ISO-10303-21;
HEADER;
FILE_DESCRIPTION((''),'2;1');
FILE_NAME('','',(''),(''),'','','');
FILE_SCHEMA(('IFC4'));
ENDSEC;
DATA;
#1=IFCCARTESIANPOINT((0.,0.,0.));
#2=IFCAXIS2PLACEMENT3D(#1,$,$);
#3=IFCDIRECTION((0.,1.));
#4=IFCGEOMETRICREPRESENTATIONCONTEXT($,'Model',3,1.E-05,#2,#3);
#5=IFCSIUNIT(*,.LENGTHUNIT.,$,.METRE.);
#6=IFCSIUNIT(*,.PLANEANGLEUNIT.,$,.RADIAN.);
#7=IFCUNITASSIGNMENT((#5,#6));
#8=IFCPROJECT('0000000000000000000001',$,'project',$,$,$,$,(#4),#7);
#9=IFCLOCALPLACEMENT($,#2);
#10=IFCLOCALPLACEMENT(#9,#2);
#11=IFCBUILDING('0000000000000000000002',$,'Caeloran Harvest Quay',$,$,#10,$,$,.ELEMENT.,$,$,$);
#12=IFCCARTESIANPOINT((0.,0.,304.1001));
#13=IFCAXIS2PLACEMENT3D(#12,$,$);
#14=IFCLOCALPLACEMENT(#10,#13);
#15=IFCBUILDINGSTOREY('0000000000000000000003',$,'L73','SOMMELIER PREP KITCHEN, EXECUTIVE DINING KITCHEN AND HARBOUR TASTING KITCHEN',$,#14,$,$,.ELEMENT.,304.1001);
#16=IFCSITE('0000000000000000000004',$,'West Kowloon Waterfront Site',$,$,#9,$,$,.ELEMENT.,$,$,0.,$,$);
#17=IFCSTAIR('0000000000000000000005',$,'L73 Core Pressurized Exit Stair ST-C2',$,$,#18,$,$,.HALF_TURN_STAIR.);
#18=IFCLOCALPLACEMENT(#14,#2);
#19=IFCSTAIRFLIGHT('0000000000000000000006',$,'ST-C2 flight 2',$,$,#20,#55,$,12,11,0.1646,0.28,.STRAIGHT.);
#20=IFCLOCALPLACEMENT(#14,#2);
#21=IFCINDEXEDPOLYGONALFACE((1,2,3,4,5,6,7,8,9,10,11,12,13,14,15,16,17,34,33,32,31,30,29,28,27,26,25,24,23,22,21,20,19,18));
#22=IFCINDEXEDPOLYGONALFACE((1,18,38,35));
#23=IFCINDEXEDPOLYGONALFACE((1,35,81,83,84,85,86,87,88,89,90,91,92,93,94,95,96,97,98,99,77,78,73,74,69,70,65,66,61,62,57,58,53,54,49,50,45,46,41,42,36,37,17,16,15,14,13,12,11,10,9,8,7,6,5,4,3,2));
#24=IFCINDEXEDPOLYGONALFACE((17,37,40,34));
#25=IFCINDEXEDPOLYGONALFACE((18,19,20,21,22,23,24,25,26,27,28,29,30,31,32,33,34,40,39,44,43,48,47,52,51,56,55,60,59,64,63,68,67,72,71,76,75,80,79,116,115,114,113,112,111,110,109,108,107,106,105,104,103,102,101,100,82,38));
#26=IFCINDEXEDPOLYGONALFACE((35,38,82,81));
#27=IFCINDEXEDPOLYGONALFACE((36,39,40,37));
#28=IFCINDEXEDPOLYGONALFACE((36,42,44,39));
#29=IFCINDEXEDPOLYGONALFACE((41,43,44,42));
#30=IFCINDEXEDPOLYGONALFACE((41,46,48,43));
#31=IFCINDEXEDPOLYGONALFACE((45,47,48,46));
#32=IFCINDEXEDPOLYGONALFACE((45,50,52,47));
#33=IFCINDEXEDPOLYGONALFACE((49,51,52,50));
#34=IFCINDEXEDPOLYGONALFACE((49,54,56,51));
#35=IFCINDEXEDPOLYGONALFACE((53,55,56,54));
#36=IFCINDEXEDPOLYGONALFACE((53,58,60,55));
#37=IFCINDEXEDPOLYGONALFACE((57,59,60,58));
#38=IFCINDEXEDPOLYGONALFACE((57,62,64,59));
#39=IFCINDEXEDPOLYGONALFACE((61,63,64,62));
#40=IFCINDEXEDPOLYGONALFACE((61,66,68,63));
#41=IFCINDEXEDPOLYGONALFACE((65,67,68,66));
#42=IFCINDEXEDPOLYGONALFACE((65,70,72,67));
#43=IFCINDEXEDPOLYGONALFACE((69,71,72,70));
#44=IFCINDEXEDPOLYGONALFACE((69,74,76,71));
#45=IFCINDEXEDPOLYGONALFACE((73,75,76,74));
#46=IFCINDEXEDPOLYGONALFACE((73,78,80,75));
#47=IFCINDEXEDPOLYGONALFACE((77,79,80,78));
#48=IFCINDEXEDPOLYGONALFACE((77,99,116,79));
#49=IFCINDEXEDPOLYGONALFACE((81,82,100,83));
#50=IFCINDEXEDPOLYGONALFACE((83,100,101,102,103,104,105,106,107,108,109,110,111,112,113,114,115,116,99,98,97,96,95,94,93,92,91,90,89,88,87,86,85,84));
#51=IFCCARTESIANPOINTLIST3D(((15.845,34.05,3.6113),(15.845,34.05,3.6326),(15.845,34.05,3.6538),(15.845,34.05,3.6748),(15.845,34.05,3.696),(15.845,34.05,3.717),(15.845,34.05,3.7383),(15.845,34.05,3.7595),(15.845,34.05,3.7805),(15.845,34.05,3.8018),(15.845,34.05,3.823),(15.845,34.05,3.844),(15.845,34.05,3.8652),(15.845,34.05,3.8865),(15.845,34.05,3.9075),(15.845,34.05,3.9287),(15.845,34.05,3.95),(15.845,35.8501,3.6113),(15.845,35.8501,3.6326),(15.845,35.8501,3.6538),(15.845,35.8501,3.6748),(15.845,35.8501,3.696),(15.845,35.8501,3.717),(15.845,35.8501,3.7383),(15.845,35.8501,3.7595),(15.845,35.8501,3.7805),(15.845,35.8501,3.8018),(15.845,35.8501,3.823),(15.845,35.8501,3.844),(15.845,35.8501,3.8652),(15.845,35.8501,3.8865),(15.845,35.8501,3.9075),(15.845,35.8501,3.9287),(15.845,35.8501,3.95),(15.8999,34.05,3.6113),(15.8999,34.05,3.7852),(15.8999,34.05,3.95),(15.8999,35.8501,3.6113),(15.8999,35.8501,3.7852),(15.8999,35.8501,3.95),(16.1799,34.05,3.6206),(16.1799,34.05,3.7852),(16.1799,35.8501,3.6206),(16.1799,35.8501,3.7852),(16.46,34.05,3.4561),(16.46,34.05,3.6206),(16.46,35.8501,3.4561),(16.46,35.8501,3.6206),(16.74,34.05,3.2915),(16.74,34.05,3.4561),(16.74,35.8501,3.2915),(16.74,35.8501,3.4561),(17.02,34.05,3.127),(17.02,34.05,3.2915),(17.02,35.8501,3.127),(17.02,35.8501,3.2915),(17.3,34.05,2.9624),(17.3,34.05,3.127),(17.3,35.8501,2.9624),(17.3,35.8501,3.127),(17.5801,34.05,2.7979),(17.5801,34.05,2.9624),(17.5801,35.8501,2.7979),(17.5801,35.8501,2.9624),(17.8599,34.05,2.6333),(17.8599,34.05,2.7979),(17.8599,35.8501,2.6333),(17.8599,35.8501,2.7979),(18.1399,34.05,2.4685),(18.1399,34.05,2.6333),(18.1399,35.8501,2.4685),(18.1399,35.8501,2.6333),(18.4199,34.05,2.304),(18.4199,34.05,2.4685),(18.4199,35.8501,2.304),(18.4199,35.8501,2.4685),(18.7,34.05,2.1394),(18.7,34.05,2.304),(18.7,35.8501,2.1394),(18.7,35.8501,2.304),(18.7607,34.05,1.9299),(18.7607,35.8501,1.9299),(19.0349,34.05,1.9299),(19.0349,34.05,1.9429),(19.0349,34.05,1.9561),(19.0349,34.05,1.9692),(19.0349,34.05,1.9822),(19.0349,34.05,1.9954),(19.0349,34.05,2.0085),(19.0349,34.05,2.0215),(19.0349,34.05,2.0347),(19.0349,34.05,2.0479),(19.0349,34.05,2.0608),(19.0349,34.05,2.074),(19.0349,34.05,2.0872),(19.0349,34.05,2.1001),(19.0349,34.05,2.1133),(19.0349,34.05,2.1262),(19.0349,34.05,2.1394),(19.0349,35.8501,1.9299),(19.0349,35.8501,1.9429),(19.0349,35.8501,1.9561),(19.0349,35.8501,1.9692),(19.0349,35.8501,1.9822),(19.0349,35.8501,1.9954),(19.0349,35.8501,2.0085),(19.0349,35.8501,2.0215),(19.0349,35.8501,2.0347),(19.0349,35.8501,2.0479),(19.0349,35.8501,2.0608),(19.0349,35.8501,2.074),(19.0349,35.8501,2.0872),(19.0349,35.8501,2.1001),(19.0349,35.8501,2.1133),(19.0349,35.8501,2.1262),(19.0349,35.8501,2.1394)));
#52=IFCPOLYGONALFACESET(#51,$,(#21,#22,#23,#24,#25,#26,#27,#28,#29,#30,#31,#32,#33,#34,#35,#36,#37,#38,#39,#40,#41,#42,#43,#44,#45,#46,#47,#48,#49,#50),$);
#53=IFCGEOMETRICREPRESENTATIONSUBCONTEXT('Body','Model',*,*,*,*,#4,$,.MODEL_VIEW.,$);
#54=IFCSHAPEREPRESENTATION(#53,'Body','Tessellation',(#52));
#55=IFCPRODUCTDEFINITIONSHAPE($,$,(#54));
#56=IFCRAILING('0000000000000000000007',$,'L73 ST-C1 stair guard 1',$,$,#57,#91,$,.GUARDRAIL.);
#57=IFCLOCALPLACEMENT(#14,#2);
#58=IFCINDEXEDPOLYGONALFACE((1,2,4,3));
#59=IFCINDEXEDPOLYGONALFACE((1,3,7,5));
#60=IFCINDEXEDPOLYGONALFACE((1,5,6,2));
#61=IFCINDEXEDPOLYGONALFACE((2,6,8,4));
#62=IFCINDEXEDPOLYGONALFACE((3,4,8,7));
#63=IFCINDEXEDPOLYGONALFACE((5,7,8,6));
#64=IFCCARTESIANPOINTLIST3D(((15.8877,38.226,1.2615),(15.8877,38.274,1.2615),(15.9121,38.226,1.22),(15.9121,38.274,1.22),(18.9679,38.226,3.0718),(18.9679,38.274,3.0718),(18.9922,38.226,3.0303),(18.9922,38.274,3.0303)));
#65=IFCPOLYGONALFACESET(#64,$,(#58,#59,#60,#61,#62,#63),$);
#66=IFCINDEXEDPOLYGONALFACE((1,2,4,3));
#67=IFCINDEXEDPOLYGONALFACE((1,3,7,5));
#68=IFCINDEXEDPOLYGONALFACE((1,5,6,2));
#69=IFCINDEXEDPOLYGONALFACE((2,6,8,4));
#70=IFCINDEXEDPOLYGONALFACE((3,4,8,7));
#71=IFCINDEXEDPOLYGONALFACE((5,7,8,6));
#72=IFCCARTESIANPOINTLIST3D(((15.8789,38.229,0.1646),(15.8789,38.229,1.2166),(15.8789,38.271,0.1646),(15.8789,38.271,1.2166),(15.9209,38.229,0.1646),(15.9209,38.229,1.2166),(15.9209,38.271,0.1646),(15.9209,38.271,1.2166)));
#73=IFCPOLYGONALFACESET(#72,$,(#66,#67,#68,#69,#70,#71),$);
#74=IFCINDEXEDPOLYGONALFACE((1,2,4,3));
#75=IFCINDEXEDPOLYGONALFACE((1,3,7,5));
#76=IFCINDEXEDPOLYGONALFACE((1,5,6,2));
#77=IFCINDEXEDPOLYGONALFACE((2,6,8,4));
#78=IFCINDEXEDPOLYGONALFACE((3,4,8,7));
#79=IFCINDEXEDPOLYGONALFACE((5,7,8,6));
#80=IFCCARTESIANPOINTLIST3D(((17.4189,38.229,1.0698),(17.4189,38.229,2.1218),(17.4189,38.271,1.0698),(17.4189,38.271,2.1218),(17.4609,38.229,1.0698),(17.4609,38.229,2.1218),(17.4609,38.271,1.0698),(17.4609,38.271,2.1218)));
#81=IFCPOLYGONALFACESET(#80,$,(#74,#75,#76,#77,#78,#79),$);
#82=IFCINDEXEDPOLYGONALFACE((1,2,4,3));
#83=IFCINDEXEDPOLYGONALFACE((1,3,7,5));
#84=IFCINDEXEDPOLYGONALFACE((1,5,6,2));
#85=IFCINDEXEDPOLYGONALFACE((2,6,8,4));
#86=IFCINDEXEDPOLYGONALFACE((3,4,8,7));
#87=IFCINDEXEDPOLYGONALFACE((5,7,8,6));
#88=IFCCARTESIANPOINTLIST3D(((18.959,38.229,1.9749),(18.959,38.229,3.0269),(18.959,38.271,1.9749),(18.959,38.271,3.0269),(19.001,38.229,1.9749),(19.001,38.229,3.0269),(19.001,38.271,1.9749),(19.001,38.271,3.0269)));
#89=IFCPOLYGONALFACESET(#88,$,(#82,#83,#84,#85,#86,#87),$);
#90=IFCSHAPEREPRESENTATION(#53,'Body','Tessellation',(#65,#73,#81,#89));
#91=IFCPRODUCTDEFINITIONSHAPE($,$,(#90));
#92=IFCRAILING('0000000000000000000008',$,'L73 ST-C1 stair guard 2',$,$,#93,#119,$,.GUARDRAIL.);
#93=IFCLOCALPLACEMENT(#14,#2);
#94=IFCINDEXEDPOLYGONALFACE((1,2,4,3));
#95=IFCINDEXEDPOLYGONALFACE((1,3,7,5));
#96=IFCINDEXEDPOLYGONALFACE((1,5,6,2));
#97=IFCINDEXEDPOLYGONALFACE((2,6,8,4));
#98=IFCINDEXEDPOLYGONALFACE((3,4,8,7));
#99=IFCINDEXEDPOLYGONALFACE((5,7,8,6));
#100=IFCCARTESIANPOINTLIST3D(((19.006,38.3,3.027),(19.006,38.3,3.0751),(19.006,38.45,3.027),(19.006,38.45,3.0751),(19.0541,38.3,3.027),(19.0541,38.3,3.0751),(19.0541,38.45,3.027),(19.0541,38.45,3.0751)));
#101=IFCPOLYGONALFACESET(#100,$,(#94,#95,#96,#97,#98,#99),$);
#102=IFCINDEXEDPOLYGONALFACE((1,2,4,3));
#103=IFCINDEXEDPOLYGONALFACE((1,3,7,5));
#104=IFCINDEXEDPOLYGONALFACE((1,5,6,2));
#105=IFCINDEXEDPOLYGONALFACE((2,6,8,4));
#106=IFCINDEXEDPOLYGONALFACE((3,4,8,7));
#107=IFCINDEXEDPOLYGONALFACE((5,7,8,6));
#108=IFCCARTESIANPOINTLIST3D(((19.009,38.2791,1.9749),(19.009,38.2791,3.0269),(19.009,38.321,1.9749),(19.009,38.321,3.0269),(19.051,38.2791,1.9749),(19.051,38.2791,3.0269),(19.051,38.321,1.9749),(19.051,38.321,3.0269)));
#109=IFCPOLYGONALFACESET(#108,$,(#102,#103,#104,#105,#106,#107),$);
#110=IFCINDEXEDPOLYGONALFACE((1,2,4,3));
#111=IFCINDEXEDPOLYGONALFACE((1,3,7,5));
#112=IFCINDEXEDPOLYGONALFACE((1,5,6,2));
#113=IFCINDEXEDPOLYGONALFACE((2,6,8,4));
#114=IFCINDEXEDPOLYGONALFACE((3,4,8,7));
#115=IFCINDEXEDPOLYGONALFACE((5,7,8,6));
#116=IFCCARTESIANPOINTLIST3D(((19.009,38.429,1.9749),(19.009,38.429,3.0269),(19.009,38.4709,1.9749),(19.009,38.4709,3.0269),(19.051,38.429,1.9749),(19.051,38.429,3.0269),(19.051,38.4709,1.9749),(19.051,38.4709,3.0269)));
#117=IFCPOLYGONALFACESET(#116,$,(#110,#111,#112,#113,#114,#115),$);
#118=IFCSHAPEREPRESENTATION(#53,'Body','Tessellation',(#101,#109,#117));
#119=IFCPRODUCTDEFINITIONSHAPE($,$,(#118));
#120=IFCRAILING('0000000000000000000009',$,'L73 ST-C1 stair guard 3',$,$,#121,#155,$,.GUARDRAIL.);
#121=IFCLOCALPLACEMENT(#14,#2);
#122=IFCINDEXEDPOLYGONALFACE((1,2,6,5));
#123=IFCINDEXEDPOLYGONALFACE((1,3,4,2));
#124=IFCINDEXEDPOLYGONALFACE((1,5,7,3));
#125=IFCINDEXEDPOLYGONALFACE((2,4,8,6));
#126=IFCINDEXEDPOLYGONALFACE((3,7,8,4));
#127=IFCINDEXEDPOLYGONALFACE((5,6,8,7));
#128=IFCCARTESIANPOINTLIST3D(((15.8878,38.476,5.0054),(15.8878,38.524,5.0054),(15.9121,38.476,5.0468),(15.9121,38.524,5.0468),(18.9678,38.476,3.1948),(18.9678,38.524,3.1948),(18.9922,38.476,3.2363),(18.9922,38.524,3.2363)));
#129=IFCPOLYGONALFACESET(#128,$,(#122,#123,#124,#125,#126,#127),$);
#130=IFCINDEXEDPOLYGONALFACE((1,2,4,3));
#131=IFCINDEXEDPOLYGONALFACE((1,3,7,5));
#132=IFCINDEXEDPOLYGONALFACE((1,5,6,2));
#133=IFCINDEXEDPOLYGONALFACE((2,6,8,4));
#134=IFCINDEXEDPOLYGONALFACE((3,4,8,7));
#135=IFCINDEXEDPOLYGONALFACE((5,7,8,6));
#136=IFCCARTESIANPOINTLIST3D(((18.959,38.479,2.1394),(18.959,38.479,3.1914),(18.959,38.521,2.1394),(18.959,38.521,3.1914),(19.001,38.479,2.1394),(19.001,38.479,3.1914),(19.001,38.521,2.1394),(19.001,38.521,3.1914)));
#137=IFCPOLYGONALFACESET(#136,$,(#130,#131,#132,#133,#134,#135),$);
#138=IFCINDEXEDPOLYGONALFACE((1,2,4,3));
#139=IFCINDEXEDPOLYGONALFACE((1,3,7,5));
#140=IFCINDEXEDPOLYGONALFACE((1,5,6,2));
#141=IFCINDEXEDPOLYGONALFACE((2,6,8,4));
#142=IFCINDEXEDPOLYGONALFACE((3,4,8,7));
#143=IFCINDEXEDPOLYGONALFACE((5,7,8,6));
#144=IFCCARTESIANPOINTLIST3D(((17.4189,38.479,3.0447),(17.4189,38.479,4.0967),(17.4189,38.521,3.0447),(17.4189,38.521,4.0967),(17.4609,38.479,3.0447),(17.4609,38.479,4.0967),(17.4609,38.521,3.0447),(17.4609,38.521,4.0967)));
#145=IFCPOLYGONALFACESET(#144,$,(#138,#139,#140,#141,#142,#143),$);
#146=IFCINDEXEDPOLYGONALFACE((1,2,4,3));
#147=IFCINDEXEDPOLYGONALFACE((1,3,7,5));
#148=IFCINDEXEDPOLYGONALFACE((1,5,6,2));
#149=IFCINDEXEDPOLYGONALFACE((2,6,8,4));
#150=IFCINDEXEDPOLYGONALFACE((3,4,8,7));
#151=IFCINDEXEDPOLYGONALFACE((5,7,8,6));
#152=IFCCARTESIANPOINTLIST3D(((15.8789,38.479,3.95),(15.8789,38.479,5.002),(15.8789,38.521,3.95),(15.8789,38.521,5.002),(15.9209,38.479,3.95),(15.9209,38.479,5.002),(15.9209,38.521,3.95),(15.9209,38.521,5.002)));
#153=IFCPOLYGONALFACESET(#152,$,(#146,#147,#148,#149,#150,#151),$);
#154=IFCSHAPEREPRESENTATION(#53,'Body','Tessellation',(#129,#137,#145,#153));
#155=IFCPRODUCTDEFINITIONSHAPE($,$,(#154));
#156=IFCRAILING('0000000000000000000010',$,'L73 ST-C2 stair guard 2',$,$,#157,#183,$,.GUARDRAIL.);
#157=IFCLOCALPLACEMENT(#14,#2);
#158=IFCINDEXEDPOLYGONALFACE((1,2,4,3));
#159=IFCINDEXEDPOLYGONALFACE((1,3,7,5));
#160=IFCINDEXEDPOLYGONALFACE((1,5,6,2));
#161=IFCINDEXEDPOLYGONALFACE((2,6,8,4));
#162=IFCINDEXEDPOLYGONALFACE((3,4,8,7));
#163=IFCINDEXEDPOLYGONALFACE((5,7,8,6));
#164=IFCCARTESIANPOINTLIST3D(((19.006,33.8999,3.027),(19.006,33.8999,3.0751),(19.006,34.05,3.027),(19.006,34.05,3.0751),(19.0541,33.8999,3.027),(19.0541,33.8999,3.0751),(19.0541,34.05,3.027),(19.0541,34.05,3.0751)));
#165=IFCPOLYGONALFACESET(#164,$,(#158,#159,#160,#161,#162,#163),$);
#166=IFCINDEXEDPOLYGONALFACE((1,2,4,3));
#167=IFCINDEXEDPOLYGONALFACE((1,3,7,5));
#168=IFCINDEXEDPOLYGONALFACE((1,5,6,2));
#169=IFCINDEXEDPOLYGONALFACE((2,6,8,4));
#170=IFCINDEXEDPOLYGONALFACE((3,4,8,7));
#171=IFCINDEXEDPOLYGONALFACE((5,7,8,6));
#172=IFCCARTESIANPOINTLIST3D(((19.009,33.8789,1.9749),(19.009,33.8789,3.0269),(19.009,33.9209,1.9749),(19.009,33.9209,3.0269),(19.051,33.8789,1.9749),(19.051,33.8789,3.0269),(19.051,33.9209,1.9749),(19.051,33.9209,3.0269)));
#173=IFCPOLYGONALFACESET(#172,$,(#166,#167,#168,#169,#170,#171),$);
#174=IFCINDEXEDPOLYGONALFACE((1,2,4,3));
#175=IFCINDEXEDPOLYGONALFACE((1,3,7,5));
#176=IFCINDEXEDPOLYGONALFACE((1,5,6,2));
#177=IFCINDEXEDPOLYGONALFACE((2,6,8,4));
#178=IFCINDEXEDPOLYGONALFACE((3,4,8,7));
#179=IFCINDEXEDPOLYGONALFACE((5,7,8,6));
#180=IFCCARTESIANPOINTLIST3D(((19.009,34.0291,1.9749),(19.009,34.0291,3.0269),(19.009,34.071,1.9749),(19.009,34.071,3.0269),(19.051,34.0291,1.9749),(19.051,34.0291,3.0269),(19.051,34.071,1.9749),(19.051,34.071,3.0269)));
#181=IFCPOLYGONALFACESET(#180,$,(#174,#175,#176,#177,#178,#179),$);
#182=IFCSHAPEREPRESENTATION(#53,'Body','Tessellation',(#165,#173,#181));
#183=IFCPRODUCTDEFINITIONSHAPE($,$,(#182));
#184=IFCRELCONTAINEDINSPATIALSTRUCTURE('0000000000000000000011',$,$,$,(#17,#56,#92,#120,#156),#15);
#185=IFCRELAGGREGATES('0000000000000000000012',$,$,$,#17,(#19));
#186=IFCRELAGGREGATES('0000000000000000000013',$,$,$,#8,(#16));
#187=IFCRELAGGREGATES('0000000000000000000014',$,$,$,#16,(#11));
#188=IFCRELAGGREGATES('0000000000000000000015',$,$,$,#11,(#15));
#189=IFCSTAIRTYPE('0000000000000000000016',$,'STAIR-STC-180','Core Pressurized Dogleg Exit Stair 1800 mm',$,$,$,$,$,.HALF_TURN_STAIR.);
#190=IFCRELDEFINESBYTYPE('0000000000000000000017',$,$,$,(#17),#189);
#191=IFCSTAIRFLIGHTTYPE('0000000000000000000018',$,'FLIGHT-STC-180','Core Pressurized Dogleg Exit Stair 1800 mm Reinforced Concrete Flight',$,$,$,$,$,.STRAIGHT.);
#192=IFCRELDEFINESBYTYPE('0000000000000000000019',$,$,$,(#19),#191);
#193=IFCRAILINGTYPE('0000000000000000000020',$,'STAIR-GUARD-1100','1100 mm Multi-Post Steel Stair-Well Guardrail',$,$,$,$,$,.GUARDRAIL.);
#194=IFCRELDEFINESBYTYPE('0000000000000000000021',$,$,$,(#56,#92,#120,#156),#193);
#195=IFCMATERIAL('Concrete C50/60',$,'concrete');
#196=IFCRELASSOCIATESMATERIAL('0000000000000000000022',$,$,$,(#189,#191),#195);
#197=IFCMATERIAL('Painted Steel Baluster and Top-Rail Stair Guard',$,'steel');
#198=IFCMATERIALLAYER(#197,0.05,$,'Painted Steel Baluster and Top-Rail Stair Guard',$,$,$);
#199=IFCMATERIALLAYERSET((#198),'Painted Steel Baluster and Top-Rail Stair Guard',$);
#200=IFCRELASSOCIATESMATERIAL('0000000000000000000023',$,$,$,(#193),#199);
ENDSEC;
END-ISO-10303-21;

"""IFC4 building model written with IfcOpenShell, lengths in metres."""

from ifc_helpers import new_model, si_unit, direction, frame, origin, origin_2d, place, context, subcontext, project, spatial, polyline, rectangle, outline, extrude, material, layer, layer_set, type_object, element, aggregate, save


model = new_model("IFC4")

# Units and contexts
model_context = context("Model", 3, precision=1e-05, world=origin(), true_north=direction((0.0, 1.0)))
body_context = subcontext(model_context, "Body", "Model", "MODEL_VIEW")
ifc_project = project(units=[si_unit("LENGTHUNIT", "METRE"), si_unit("PLANEANGLEUNIT", "RADIAN")], contexts=[model_context])

# Site, building, storey
site_placement = place(None, origin())
site = spatial("IfcSite", under=ifc_project, at=site_placement, Name="West Kowloon Waterfront Site", CompositionType="ELEMENT", RefElevation=0.0)
building_placement = place(site_placement, origin())
building = spatial("IfcBuilding", under=site, at=building_placement, Name="Caeloran Harvest Quay", CompositionType="ELEMENT")
storey_placement = place(building_placement, frame((0.0, 0.0, 304.1001)))
storey = spatial("IfcBuildingStorey", under=building, at=storey_placement, Name="L73", Description="SOMMELIER PREP KITCHEN, EXECUTIVE DINING KITCHEN AND HARBOUR TASTING KITCHEN", CompositionType="ELEMENT", Elevation=304.1001)

# Shared definitions
ifc_material_1 = material(Name="Concrete C50/60", Category="concrete")

# Shared definitions
stair_type = type_object("IfcStairType", Name="STAIR-STC-180", Description="Core Pressurized Dogleg Exit Stair 1800 mm", PredefinedType="HALF_TURN_STAIR", material=ifc_material_1)
stair_flight_type = type_object("IfcStairFlightType", Name="FLIGHT-STC-180", Description="Core Pressurized Dogleg Exit Stair 1800 mm Reinforced Concrete Flight", PredefinedType="STRAIGHT", material=ifc_material_1)

# Stair, stair flight
stair_1_placement = place(storey_placement, origin())
stair_1 = element("IfcStair", 1, at=stair_1_placement, inside=storey, type_object=stair_type, Name="L73 Core Pressurized Exit Stair ST-C2", PredefinedType="HALF_TURN_STAIR")
stair_flight_1_placement = place(storey_placement, frame((18.98, 34.95, 1.9749), z_axis=(0.0, 0.0, 1.0), x_axis=(-1.0, 0.0, 0.0)))
stair_flight_1 = element("IfcStairFlight", 2, at=stair_flight_1_placement, type_object=stair_flight_type, Name="ST-C2 flight 2", NumberOfRisers=12, NumberOfTreads=11, PredefinedType="STRAIGHT", RiserHeight=0.1646, TreadLength=0.28, context=body_context, shape_type="SweptSolid", body=[
    extrude(outline(polyline([(-0.0549, -0.0449), (-0.0549, -0.032), (-0.0549, -0.0188), (-0.0549, -0.0056), (-0.0549, 0.0073), (-0.0549, 0.0205), (-0.0549, 0.0337), (-0.0549, 0.0466), (-0.0549, 0.0598), (-0.0549, 0.073), (-0.0549, 0.0859), (-0.0549, 0.0991), (-0.0549, 0.1123), (-0.0549, 0.1252), (-0.0549, 0.1384), (-0.0549, 0.1514), (-0.0549, 0.1646), (0.28, 0.1646), (0.28, 0.3291), (0.5601, 0.3291), (0.5601, 0.4937), (0.8401, 0.4937), (0.8401, 0.6584), (1.1201, 0.6584), (1.1201, 0.823), (1.3999, 0.823), (1.3999, 0.9875), (1.6799, 0.9875), (1.6799, 1.1521), (1.96, 1.1521), (1.96, 1.3167), (2.24, 1.3167), (2.24, 1.4812), (2.52, 1.4812), (2.52, 1.6458), (2.8, 1.6458), (2.8, 1.8103), (3.0801, 1.8103), (3.0801, 1.9751), (3.135, 1.9751), (3.135, 1.9539), (3.135, 1.9326), (3.135, 1.9116), (3.135, 1.8904), (3.135, 1.8691), (3.135, 1.8481), (3.135, 1.8269), (3.135, 1.8057), (3.135, 1.7847), (3.135, 1.7634), (3.135, 1.7422), (3.135, 1.7212), (3.135, 1.7), (3.135, 1.679), (3.135, 1.6577), (3.135, 1.6365), (3.0801, 1.6365), (0.2192, -0.0449), (-0.0549, -0.0449)])), frame((0.0, 0.8999, 0.0), z_axis=(0.0, -1.0, 0.0), x_axis=(1.0, 0.0, 0.0)), (0.0, 0.0, 1.0), 1.8),
])
aggregate(stair_1, [stair_flight_1])

# Railings
ifc_material_2 = material(Name="Painted Steel Baluster and Top-Rail Stair Guard", Category="steel")
ifc_layer_1 = layer(ifc_material_2, 0.05, Name="Painted Steel Baluster and Top-Rail Stair Guard")
ifc_layer_set_1 = layer_set([ifc_layer_1], Name="Painted Steel Baluster and Top-Rail Stair Guard")
railing_type_1 = type_object("IfcRailingType", Name="STAIR-GUARD-1100", Description="1100 mm Multi-Post Steel Stair-Well Guardrail", PredefinedType="GUARDRAIL", material=ifc_layer_set_1)
railing_1_placement = place(storey_placement, frame((15.8999, 38.25, 0.1646)))
element("IfcRailing", 3, at=railing_1_placement, inside=storey, type_object=railing_type_1, Name="L73 ST-C1 stair guard 1", PredefinedType="GUARDRAIL", context=body_context, shape_type="SweptSolid", body=[
    extrude(rectangle(XDim=0.0481, YDim=0.0481, at=origin_2d()), frame((0.0, 0.0, 1.0762), z_axis=(0.862119, 0.0, 0.506707), x_axis=(0.0, 1.0, 0.0)), (0.0, 0.0, 1.0), 3.5728),
    extrude(rectangle(XDim=0.042, YDim=0.042, at=origin_2d()), origin(), (0.0, 0.0, 1.0), 1.052),
    extrude(rectangle(XDim=0.042, YDim=0.042, at=origin_2d()), frame((1.54, 0.0, 0.9053)), (0.0, 0.0, 1.0), 1.052),
    extrude(rectangle(XDim=0.042, YDim=0.042, at=origin_2d()), frame((3.0801, 0.0, 1.8103)), (0.0, 0.0, 1.0), 1.052),
])
railing_2_placement = place(storey_placement, frame((19.03, 38.3, 1.9749)))
element("IfcRailing", 4, at=railing_2_placement, inside=storey, type_object=railing_type_1, Name="L73 ST-C1 stair guard 2", PredefinedType="GUARDRAIL", context=body_context, shape_type="SweptSolid", body=[
    extrude(rectangle(XDim=0.0481, YDim=0.0481, at=origin_2d()), frame((0.0, 0.0, 1.0762), z_axis=(0.0, 1.0, 0.0), x_axis=(-1.0, 0.0, 0.0)), (0.0, 0.0, 1.0), 0.1499),
    extrude(rectangle(XDim=0.042, YDim=0.042, at=origin_2d()), origin(), (0.0, 0.0, 1.0), 1.052),
    extrude(rectangle(XDim=0.042, YDim=0.042, at=origin_2d()), frame((0.0, 0.1499, 0.0)), (0.0, 0.0, 1.0), 1.052),
])
railing_3_placement = place(storey_placement, frame((18.98, 38.5, 2.1394)))
element("IfcRailing", 5, at=railing_3_placement, inside=storey, type_object=railing_type_1, Name="L73 ST-C1 stair guard 3", PredefinedType="GUARDRAIL", context=body_context, shape_type="SweptSolid", body=[
    extrude(rectangle(XDim=0.0481, YDim=0.0481, at=origin_2d()), frame((0.0, 0.0, 1.0762), z_axis=(-0.862089, 0.0, 0.506757), x_axis=(0.0, -1.0, 0.0)), (0.0, 0.0, 1.0), 3.5728),
    extrude(rectangle(XDim=0.042, YDim=0.042, at=origin_2d()), origin(), (0.0, 0.0, 1.0), 1.052),
    extrude(rectangle(XDim=0.042, YDim=0.042, at=origin_2d()), frame((-1.54, 0.0, 0.9053)), (0.0, 0.0, 1.0), 1.052),
    extrude(rectangle(XDim=0.042, YDim=0.042, at=origin_2d()), frame((-3.0801, 0.0, 1.8105)), (0.0, 0.0, 1.0), 1.052),
])
railing_4_placement = place(storey_placement, frame((19.03, 33.8999, 1.9749)))
element("IfcRailing", 6, at=railing_4_placement, inside=storey, type_object=railing_type_1, Name="L73 ST-C2 stair guard 2", PredefinedType="GUARDRAIL", context=body_context, shape_type="SweptSolid", body=[
    extrude(rectangle(XDim=0.0481, YDim=0.0481, at=origin_2d()), frame((0.0, 0.0, 1.0762), z_axis=(0.0, 1.0, 0.0), x_axis=(-1.0, 0.0, 0.0)), (0.0, 0.0, 1.0), 0.1501),
    extrude(rectangle(XDim=0.042, YDim=0.042, at=origin_2d()), origin(), (0.0, 0.0, 1.0), 1.052),
    extrude(rectangle(XDim=0.042, YDim=0.042, at=origin_2d()), frame((0.0, 0.1501, 0.0)), (0.0, 0.0, 1.0), 1.052),
])

save(model, "model.ifc")
